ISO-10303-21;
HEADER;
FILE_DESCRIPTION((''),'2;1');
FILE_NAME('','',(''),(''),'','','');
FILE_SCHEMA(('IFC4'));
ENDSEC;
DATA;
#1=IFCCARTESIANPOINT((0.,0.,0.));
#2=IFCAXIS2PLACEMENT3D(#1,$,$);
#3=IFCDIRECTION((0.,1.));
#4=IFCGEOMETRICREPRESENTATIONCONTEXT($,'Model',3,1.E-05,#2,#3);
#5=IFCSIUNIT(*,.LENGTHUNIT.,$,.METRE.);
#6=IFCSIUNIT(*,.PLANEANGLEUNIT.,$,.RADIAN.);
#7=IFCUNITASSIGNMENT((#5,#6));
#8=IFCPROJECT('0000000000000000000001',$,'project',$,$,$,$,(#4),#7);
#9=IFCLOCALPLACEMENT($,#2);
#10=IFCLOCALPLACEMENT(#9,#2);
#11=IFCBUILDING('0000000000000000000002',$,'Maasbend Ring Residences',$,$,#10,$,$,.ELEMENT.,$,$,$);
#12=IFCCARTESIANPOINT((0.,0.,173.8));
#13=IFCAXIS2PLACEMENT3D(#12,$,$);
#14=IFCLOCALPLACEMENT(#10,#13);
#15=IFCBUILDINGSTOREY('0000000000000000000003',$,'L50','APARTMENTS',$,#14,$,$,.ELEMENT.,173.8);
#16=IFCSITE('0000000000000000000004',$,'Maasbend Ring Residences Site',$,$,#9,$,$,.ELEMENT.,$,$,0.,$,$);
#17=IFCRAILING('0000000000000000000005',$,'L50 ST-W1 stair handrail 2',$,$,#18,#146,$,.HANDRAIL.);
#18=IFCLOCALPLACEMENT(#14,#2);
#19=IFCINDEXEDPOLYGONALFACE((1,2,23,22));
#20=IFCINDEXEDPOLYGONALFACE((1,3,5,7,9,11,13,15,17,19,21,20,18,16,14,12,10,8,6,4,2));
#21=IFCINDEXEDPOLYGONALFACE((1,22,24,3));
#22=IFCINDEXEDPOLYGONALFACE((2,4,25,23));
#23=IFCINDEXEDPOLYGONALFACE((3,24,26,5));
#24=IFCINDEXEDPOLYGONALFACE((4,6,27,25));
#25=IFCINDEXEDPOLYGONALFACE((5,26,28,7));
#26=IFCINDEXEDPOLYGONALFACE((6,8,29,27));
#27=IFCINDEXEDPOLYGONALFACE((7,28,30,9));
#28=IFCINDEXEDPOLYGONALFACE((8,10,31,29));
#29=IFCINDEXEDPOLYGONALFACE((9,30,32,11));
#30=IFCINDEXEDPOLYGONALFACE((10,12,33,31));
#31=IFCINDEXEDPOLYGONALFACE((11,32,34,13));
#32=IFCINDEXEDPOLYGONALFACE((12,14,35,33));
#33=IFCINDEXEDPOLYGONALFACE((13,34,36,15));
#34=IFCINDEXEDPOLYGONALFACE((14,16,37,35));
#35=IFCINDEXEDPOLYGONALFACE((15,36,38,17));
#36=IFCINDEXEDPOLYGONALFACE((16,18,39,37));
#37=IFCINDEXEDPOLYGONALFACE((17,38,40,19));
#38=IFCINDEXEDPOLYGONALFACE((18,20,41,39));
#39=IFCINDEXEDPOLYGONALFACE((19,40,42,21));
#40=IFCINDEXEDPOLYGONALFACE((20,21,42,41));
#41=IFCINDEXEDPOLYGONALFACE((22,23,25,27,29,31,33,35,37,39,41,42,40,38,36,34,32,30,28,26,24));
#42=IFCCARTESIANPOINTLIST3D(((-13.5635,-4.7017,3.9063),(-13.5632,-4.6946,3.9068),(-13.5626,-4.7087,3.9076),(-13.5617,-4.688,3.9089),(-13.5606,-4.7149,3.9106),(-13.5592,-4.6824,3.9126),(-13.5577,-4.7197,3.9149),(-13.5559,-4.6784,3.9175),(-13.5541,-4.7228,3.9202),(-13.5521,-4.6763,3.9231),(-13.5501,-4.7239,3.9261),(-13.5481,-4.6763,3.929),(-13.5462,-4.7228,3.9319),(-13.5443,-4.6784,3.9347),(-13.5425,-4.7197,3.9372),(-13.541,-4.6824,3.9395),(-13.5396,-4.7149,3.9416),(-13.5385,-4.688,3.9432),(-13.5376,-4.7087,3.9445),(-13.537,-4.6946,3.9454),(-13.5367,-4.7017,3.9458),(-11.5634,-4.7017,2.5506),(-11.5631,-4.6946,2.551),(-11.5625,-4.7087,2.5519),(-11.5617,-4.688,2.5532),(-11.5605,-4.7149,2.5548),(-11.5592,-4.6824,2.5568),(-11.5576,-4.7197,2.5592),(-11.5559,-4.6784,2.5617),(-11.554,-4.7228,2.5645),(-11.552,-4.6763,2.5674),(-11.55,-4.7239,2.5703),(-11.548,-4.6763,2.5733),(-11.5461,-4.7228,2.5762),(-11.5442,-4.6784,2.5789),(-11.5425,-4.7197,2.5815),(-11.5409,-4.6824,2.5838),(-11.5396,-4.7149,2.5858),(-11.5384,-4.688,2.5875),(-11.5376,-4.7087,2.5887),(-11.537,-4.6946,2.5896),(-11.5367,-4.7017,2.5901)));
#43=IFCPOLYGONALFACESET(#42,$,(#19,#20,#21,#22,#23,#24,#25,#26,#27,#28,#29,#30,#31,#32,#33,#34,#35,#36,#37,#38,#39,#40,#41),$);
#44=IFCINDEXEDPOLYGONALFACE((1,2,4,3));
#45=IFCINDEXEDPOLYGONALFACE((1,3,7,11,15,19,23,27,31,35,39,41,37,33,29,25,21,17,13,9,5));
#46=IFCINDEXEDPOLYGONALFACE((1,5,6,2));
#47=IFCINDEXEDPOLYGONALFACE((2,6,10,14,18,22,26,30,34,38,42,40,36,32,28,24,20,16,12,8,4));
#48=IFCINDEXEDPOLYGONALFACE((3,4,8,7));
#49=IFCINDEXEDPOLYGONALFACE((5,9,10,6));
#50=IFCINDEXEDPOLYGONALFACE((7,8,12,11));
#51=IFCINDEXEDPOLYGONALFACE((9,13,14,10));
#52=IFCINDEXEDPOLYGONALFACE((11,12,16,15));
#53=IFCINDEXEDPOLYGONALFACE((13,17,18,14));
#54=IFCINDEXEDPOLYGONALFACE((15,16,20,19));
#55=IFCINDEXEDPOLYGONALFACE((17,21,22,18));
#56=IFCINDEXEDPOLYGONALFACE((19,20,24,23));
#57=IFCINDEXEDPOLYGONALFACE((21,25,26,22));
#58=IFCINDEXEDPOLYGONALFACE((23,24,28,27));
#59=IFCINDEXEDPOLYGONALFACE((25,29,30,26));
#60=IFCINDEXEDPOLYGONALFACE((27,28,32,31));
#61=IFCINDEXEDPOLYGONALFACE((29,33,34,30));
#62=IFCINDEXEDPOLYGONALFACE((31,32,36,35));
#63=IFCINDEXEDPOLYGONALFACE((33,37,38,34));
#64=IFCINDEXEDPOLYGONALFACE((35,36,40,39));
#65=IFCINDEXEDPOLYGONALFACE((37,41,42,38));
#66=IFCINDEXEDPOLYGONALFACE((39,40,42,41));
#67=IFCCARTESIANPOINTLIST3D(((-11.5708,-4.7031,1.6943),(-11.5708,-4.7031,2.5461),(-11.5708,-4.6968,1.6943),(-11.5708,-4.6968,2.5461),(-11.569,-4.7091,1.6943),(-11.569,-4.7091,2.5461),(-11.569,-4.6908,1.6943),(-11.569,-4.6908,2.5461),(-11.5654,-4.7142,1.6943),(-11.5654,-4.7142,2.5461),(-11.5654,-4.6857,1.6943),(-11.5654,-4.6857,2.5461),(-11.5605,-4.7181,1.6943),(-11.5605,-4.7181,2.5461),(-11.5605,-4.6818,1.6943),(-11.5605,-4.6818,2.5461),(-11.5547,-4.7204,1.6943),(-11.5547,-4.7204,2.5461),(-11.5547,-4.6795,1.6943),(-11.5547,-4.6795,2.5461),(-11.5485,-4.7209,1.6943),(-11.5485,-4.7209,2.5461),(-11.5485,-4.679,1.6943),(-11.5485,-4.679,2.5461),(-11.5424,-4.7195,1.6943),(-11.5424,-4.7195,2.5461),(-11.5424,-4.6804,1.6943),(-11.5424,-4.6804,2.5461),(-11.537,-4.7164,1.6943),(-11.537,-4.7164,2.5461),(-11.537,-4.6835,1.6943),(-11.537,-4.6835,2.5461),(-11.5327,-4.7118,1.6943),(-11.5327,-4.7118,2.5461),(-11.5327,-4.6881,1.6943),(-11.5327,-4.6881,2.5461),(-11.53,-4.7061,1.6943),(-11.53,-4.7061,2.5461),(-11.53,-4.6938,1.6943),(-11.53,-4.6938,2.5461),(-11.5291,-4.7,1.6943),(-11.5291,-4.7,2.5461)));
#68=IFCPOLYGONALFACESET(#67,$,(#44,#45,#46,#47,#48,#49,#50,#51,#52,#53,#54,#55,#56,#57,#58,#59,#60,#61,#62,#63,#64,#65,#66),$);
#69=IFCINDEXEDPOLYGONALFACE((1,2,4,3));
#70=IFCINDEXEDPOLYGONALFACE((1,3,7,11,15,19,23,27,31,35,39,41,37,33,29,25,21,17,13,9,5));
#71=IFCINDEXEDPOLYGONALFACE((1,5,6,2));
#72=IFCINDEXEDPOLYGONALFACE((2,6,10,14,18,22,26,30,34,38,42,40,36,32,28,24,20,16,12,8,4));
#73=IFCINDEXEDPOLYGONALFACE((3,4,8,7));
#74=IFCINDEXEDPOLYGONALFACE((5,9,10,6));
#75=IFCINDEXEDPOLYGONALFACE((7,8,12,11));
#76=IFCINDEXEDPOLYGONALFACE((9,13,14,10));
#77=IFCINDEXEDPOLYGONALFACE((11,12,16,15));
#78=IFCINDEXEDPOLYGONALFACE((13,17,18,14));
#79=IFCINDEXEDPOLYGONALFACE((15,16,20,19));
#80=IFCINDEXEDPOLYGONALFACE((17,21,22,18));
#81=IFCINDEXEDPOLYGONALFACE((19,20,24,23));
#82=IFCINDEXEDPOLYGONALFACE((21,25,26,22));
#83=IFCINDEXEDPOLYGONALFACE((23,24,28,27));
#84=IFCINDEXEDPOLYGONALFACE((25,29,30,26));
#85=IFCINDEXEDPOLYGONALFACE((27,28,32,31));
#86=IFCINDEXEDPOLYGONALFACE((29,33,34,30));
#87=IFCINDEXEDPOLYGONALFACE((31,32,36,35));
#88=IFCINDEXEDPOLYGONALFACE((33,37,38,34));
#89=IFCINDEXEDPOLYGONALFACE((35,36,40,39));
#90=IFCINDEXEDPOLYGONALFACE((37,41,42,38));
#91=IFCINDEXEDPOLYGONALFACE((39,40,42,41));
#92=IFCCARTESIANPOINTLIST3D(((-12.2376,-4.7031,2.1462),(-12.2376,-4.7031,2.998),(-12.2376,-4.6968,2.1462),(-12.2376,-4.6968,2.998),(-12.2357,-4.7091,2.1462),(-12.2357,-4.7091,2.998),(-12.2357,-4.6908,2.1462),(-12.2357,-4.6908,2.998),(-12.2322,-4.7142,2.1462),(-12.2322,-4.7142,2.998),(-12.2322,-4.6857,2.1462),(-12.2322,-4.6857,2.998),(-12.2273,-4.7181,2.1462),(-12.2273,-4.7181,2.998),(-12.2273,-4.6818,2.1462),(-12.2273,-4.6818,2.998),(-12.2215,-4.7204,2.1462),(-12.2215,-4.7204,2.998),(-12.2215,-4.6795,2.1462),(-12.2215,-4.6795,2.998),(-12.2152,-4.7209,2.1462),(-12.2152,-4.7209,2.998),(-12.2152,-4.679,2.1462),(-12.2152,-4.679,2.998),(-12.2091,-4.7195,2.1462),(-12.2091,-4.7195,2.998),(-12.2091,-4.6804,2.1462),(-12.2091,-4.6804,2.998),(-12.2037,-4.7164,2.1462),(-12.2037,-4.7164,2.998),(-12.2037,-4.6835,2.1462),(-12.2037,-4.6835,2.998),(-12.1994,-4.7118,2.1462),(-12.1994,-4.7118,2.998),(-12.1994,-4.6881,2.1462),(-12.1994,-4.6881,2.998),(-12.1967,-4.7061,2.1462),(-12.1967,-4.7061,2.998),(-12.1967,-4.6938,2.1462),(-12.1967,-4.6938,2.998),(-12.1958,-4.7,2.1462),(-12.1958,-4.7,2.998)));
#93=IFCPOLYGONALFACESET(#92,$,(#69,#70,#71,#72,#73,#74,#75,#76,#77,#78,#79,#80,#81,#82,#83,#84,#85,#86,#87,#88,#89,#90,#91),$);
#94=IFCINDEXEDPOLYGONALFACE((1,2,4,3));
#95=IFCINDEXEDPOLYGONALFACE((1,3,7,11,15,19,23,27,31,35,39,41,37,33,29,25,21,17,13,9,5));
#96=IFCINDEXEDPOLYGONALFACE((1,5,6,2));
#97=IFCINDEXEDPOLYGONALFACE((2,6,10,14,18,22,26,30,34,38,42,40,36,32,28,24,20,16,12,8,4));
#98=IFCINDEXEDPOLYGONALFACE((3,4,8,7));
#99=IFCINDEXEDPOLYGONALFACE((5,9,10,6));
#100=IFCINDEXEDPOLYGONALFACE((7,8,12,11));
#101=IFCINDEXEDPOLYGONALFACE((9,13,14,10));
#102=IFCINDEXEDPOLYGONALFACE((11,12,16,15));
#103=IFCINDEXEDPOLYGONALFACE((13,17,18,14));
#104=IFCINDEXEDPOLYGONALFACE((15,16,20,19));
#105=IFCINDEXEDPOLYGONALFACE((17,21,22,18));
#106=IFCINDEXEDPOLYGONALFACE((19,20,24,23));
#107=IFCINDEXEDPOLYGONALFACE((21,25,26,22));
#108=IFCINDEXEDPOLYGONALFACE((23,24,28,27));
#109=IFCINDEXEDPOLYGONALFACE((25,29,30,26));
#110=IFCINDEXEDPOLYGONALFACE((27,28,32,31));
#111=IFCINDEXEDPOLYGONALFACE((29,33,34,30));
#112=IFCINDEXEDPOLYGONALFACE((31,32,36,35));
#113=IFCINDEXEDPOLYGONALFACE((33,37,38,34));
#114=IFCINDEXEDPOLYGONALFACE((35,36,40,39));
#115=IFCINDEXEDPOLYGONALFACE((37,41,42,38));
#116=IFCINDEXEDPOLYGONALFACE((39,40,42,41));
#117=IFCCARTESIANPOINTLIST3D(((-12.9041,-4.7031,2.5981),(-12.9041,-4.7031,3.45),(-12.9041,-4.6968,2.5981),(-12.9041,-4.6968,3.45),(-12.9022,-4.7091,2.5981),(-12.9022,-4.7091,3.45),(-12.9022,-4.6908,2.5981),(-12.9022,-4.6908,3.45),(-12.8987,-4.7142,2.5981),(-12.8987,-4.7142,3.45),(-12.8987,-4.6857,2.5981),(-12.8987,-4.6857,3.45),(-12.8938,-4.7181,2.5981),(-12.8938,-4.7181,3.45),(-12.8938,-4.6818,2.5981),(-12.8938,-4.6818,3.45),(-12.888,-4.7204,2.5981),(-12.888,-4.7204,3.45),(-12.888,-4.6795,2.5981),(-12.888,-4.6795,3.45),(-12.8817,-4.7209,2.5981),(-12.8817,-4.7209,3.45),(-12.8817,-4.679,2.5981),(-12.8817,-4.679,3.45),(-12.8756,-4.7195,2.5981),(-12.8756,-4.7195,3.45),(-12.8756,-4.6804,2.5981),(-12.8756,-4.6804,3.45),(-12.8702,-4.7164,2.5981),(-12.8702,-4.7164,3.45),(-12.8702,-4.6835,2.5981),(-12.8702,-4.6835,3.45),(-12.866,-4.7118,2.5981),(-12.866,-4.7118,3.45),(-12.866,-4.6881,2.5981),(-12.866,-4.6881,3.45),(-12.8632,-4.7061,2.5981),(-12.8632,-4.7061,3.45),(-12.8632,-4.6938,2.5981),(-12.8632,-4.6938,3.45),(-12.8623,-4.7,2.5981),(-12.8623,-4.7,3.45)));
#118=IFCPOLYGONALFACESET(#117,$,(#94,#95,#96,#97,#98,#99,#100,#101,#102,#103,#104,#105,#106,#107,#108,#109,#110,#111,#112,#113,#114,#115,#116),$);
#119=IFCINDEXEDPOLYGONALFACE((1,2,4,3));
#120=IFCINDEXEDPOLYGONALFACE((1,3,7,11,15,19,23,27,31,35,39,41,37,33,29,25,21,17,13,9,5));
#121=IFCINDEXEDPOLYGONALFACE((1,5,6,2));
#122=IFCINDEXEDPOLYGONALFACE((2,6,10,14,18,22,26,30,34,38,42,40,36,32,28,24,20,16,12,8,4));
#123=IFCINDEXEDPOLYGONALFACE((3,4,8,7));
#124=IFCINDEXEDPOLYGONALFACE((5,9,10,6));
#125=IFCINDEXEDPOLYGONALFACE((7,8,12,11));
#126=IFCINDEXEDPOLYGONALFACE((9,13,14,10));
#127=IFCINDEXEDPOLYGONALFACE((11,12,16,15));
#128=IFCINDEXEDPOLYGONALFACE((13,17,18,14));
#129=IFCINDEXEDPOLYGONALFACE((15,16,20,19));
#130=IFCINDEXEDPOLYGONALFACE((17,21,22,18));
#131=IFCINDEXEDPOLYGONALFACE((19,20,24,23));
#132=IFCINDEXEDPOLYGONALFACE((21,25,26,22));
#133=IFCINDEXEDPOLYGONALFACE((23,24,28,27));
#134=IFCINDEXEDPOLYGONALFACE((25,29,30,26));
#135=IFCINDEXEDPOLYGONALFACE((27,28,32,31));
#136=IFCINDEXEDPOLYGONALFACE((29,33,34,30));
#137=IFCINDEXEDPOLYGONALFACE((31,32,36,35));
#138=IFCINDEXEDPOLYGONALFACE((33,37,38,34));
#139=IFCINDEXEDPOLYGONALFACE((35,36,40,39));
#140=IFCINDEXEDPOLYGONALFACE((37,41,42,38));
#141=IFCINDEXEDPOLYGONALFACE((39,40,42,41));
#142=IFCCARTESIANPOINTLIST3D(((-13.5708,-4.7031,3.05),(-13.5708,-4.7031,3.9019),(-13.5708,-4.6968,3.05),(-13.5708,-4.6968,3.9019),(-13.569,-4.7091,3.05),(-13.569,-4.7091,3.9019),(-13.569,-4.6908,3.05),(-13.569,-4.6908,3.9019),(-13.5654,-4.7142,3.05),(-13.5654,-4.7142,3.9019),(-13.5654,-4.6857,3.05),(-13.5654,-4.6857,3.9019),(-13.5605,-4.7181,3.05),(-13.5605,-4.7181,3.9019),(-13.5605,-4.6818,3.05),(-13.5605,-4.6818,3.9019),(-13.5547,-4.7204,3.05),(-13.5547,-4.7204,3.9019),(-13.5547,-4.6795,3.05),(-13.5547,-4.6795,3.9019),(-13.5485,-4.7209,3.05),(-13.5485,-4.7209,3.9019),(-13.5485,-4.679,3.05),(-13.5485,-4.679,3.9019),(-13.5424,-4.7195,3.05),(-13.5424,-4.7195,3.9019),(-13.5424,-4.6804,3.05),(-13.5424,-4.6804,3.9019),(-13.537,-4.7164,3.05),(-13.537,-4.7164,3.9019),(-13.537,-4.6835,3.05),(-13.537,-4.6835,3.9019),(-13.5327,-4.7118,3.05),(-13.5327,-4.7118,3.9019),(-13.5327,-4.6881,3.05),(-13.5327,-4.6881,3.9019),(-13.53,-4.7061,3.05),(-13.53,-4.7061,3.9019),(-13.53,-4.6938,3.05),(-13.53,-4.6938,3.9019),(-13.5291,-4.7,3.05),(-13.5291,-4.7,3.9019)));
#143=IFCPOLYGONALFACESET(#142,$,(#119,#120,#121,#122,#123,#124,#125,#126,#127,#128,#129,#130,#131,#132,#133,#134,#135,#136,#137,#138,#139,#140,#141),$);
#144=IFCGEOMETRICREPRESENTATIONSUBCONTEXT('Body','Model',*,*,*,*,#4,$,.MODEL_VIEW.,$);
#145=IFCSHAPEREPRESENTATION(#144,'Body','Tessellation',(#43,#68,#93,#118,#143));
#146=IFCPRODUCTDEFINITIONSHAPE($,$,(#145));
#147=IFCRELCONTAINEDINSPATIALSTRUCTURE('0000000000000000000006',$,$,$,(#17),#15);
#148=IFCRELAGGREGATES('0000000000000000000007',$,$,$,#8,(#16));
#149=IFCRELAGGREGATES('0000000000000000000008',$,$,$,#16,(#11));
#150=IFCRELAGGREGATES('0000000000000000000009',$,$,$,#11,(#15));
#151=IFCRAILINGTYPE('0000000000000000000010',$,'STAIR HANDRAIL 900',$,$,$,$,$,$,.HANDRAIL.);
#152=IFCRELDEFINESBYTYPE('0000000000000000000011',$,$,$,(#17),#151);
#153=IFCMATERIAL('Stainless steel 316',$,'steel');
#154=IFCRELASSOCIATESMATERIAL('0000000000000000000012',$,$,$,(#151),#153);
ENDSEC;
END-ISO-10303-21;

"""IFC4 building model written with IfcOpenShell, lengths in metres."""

from ifc_helpers import new_model, si_unit, direction, frame, origin, origin_2d, place, context, subcontext, project, spatial, circle, extrude, material, type_object, element, save


model = new_model("IFC4")

# Units and contexts
model_context = context("Model", 3, precision=1e-05, world=origin(), true_north=direction((0.0, 1.0)))
body_context = subcontext(model_context, "Body", "Model", "MODEL_VIEW")
ifc_project = project(units=[si_unit("LENGTHUNIT", "METRE"), si_unit("PLANEANGLEUNIT", "RADIAN")], contexts=[model_context])

# Site, building, storey
site_placement = place(None, origin())
site = spatial("IfcSite", under=ifc_project, at=site_placement, Name="Maasbend Ring Residences Site", CompositionType="ELEMENT", RefElevation=0.0)
building_placement = place(site_placement, origin())
building = spatial("IfcBuilding", under=site, at=building_placement, Name="Maasbend Ring Residences", CompositionType="ELEMENT")
storey_placement = place(building_placement, frame((0.0, 0.0, 173.8)))
storey = spatial("IfcBuildingStorey", under=building, at=storey_placement, Name="L50", Description="APARTMENTS", CompositionType="ELEMENT", Elevation=173.8)

# Railing
ifc_material_1 = material(Name="Stainless steel 316", Category="steel")
railing_type_1 = type_object("IfcRailingType", Name="STAIR HANDRAIL 900", PredefinedType="HANDRAIL", material=ifc_material_1)
railing_1_placement = place(storey_placement, frame((-11.55, -4.7, 1.6943)))
element("IfcRailing", 1, at=railing_1_placement, inside=storey, type_object=railing_type_1, Name="L50 ST-W1 stair handrail 2", PredefinedType="HANDRAIL", context=body_context, shape_type="SweptSolid", body=[
    extrude(circle(Radius=0.0239, at=origin_2d()), frame((0.0, 0.0, 0.876), z_axis=(-0.827751, 0.0, 0.561096), x_axis=(0.0, -1.0, 0.0)), (0.0, 0.0, 1.0), 2.4163),
    extrude(circle(Radius=0.021, at=origin_2d()), origin(), (0.0, 0.0, 1.0), 0.8518),
    extrude(circle(Radius=0.021, at=origin_2d()), frame((-0.6667, 0.0, 0.4519)), (0.0, 0.0, 1.0), 0.8518),
    extrude(circle(Radius=0.021, at=origin_2d()), frame((-1.3333, 0.0, 0.9038)), (0.0, 0.0, 1.0), 0.8518),
    extrude(circle(Radius=0.021, at=origin_2d()), frame((-2.0, 0.0, 1.3557)), (0.0, 0.0, 1.0), 0.8518),
])

save(model, "model.ifc")
